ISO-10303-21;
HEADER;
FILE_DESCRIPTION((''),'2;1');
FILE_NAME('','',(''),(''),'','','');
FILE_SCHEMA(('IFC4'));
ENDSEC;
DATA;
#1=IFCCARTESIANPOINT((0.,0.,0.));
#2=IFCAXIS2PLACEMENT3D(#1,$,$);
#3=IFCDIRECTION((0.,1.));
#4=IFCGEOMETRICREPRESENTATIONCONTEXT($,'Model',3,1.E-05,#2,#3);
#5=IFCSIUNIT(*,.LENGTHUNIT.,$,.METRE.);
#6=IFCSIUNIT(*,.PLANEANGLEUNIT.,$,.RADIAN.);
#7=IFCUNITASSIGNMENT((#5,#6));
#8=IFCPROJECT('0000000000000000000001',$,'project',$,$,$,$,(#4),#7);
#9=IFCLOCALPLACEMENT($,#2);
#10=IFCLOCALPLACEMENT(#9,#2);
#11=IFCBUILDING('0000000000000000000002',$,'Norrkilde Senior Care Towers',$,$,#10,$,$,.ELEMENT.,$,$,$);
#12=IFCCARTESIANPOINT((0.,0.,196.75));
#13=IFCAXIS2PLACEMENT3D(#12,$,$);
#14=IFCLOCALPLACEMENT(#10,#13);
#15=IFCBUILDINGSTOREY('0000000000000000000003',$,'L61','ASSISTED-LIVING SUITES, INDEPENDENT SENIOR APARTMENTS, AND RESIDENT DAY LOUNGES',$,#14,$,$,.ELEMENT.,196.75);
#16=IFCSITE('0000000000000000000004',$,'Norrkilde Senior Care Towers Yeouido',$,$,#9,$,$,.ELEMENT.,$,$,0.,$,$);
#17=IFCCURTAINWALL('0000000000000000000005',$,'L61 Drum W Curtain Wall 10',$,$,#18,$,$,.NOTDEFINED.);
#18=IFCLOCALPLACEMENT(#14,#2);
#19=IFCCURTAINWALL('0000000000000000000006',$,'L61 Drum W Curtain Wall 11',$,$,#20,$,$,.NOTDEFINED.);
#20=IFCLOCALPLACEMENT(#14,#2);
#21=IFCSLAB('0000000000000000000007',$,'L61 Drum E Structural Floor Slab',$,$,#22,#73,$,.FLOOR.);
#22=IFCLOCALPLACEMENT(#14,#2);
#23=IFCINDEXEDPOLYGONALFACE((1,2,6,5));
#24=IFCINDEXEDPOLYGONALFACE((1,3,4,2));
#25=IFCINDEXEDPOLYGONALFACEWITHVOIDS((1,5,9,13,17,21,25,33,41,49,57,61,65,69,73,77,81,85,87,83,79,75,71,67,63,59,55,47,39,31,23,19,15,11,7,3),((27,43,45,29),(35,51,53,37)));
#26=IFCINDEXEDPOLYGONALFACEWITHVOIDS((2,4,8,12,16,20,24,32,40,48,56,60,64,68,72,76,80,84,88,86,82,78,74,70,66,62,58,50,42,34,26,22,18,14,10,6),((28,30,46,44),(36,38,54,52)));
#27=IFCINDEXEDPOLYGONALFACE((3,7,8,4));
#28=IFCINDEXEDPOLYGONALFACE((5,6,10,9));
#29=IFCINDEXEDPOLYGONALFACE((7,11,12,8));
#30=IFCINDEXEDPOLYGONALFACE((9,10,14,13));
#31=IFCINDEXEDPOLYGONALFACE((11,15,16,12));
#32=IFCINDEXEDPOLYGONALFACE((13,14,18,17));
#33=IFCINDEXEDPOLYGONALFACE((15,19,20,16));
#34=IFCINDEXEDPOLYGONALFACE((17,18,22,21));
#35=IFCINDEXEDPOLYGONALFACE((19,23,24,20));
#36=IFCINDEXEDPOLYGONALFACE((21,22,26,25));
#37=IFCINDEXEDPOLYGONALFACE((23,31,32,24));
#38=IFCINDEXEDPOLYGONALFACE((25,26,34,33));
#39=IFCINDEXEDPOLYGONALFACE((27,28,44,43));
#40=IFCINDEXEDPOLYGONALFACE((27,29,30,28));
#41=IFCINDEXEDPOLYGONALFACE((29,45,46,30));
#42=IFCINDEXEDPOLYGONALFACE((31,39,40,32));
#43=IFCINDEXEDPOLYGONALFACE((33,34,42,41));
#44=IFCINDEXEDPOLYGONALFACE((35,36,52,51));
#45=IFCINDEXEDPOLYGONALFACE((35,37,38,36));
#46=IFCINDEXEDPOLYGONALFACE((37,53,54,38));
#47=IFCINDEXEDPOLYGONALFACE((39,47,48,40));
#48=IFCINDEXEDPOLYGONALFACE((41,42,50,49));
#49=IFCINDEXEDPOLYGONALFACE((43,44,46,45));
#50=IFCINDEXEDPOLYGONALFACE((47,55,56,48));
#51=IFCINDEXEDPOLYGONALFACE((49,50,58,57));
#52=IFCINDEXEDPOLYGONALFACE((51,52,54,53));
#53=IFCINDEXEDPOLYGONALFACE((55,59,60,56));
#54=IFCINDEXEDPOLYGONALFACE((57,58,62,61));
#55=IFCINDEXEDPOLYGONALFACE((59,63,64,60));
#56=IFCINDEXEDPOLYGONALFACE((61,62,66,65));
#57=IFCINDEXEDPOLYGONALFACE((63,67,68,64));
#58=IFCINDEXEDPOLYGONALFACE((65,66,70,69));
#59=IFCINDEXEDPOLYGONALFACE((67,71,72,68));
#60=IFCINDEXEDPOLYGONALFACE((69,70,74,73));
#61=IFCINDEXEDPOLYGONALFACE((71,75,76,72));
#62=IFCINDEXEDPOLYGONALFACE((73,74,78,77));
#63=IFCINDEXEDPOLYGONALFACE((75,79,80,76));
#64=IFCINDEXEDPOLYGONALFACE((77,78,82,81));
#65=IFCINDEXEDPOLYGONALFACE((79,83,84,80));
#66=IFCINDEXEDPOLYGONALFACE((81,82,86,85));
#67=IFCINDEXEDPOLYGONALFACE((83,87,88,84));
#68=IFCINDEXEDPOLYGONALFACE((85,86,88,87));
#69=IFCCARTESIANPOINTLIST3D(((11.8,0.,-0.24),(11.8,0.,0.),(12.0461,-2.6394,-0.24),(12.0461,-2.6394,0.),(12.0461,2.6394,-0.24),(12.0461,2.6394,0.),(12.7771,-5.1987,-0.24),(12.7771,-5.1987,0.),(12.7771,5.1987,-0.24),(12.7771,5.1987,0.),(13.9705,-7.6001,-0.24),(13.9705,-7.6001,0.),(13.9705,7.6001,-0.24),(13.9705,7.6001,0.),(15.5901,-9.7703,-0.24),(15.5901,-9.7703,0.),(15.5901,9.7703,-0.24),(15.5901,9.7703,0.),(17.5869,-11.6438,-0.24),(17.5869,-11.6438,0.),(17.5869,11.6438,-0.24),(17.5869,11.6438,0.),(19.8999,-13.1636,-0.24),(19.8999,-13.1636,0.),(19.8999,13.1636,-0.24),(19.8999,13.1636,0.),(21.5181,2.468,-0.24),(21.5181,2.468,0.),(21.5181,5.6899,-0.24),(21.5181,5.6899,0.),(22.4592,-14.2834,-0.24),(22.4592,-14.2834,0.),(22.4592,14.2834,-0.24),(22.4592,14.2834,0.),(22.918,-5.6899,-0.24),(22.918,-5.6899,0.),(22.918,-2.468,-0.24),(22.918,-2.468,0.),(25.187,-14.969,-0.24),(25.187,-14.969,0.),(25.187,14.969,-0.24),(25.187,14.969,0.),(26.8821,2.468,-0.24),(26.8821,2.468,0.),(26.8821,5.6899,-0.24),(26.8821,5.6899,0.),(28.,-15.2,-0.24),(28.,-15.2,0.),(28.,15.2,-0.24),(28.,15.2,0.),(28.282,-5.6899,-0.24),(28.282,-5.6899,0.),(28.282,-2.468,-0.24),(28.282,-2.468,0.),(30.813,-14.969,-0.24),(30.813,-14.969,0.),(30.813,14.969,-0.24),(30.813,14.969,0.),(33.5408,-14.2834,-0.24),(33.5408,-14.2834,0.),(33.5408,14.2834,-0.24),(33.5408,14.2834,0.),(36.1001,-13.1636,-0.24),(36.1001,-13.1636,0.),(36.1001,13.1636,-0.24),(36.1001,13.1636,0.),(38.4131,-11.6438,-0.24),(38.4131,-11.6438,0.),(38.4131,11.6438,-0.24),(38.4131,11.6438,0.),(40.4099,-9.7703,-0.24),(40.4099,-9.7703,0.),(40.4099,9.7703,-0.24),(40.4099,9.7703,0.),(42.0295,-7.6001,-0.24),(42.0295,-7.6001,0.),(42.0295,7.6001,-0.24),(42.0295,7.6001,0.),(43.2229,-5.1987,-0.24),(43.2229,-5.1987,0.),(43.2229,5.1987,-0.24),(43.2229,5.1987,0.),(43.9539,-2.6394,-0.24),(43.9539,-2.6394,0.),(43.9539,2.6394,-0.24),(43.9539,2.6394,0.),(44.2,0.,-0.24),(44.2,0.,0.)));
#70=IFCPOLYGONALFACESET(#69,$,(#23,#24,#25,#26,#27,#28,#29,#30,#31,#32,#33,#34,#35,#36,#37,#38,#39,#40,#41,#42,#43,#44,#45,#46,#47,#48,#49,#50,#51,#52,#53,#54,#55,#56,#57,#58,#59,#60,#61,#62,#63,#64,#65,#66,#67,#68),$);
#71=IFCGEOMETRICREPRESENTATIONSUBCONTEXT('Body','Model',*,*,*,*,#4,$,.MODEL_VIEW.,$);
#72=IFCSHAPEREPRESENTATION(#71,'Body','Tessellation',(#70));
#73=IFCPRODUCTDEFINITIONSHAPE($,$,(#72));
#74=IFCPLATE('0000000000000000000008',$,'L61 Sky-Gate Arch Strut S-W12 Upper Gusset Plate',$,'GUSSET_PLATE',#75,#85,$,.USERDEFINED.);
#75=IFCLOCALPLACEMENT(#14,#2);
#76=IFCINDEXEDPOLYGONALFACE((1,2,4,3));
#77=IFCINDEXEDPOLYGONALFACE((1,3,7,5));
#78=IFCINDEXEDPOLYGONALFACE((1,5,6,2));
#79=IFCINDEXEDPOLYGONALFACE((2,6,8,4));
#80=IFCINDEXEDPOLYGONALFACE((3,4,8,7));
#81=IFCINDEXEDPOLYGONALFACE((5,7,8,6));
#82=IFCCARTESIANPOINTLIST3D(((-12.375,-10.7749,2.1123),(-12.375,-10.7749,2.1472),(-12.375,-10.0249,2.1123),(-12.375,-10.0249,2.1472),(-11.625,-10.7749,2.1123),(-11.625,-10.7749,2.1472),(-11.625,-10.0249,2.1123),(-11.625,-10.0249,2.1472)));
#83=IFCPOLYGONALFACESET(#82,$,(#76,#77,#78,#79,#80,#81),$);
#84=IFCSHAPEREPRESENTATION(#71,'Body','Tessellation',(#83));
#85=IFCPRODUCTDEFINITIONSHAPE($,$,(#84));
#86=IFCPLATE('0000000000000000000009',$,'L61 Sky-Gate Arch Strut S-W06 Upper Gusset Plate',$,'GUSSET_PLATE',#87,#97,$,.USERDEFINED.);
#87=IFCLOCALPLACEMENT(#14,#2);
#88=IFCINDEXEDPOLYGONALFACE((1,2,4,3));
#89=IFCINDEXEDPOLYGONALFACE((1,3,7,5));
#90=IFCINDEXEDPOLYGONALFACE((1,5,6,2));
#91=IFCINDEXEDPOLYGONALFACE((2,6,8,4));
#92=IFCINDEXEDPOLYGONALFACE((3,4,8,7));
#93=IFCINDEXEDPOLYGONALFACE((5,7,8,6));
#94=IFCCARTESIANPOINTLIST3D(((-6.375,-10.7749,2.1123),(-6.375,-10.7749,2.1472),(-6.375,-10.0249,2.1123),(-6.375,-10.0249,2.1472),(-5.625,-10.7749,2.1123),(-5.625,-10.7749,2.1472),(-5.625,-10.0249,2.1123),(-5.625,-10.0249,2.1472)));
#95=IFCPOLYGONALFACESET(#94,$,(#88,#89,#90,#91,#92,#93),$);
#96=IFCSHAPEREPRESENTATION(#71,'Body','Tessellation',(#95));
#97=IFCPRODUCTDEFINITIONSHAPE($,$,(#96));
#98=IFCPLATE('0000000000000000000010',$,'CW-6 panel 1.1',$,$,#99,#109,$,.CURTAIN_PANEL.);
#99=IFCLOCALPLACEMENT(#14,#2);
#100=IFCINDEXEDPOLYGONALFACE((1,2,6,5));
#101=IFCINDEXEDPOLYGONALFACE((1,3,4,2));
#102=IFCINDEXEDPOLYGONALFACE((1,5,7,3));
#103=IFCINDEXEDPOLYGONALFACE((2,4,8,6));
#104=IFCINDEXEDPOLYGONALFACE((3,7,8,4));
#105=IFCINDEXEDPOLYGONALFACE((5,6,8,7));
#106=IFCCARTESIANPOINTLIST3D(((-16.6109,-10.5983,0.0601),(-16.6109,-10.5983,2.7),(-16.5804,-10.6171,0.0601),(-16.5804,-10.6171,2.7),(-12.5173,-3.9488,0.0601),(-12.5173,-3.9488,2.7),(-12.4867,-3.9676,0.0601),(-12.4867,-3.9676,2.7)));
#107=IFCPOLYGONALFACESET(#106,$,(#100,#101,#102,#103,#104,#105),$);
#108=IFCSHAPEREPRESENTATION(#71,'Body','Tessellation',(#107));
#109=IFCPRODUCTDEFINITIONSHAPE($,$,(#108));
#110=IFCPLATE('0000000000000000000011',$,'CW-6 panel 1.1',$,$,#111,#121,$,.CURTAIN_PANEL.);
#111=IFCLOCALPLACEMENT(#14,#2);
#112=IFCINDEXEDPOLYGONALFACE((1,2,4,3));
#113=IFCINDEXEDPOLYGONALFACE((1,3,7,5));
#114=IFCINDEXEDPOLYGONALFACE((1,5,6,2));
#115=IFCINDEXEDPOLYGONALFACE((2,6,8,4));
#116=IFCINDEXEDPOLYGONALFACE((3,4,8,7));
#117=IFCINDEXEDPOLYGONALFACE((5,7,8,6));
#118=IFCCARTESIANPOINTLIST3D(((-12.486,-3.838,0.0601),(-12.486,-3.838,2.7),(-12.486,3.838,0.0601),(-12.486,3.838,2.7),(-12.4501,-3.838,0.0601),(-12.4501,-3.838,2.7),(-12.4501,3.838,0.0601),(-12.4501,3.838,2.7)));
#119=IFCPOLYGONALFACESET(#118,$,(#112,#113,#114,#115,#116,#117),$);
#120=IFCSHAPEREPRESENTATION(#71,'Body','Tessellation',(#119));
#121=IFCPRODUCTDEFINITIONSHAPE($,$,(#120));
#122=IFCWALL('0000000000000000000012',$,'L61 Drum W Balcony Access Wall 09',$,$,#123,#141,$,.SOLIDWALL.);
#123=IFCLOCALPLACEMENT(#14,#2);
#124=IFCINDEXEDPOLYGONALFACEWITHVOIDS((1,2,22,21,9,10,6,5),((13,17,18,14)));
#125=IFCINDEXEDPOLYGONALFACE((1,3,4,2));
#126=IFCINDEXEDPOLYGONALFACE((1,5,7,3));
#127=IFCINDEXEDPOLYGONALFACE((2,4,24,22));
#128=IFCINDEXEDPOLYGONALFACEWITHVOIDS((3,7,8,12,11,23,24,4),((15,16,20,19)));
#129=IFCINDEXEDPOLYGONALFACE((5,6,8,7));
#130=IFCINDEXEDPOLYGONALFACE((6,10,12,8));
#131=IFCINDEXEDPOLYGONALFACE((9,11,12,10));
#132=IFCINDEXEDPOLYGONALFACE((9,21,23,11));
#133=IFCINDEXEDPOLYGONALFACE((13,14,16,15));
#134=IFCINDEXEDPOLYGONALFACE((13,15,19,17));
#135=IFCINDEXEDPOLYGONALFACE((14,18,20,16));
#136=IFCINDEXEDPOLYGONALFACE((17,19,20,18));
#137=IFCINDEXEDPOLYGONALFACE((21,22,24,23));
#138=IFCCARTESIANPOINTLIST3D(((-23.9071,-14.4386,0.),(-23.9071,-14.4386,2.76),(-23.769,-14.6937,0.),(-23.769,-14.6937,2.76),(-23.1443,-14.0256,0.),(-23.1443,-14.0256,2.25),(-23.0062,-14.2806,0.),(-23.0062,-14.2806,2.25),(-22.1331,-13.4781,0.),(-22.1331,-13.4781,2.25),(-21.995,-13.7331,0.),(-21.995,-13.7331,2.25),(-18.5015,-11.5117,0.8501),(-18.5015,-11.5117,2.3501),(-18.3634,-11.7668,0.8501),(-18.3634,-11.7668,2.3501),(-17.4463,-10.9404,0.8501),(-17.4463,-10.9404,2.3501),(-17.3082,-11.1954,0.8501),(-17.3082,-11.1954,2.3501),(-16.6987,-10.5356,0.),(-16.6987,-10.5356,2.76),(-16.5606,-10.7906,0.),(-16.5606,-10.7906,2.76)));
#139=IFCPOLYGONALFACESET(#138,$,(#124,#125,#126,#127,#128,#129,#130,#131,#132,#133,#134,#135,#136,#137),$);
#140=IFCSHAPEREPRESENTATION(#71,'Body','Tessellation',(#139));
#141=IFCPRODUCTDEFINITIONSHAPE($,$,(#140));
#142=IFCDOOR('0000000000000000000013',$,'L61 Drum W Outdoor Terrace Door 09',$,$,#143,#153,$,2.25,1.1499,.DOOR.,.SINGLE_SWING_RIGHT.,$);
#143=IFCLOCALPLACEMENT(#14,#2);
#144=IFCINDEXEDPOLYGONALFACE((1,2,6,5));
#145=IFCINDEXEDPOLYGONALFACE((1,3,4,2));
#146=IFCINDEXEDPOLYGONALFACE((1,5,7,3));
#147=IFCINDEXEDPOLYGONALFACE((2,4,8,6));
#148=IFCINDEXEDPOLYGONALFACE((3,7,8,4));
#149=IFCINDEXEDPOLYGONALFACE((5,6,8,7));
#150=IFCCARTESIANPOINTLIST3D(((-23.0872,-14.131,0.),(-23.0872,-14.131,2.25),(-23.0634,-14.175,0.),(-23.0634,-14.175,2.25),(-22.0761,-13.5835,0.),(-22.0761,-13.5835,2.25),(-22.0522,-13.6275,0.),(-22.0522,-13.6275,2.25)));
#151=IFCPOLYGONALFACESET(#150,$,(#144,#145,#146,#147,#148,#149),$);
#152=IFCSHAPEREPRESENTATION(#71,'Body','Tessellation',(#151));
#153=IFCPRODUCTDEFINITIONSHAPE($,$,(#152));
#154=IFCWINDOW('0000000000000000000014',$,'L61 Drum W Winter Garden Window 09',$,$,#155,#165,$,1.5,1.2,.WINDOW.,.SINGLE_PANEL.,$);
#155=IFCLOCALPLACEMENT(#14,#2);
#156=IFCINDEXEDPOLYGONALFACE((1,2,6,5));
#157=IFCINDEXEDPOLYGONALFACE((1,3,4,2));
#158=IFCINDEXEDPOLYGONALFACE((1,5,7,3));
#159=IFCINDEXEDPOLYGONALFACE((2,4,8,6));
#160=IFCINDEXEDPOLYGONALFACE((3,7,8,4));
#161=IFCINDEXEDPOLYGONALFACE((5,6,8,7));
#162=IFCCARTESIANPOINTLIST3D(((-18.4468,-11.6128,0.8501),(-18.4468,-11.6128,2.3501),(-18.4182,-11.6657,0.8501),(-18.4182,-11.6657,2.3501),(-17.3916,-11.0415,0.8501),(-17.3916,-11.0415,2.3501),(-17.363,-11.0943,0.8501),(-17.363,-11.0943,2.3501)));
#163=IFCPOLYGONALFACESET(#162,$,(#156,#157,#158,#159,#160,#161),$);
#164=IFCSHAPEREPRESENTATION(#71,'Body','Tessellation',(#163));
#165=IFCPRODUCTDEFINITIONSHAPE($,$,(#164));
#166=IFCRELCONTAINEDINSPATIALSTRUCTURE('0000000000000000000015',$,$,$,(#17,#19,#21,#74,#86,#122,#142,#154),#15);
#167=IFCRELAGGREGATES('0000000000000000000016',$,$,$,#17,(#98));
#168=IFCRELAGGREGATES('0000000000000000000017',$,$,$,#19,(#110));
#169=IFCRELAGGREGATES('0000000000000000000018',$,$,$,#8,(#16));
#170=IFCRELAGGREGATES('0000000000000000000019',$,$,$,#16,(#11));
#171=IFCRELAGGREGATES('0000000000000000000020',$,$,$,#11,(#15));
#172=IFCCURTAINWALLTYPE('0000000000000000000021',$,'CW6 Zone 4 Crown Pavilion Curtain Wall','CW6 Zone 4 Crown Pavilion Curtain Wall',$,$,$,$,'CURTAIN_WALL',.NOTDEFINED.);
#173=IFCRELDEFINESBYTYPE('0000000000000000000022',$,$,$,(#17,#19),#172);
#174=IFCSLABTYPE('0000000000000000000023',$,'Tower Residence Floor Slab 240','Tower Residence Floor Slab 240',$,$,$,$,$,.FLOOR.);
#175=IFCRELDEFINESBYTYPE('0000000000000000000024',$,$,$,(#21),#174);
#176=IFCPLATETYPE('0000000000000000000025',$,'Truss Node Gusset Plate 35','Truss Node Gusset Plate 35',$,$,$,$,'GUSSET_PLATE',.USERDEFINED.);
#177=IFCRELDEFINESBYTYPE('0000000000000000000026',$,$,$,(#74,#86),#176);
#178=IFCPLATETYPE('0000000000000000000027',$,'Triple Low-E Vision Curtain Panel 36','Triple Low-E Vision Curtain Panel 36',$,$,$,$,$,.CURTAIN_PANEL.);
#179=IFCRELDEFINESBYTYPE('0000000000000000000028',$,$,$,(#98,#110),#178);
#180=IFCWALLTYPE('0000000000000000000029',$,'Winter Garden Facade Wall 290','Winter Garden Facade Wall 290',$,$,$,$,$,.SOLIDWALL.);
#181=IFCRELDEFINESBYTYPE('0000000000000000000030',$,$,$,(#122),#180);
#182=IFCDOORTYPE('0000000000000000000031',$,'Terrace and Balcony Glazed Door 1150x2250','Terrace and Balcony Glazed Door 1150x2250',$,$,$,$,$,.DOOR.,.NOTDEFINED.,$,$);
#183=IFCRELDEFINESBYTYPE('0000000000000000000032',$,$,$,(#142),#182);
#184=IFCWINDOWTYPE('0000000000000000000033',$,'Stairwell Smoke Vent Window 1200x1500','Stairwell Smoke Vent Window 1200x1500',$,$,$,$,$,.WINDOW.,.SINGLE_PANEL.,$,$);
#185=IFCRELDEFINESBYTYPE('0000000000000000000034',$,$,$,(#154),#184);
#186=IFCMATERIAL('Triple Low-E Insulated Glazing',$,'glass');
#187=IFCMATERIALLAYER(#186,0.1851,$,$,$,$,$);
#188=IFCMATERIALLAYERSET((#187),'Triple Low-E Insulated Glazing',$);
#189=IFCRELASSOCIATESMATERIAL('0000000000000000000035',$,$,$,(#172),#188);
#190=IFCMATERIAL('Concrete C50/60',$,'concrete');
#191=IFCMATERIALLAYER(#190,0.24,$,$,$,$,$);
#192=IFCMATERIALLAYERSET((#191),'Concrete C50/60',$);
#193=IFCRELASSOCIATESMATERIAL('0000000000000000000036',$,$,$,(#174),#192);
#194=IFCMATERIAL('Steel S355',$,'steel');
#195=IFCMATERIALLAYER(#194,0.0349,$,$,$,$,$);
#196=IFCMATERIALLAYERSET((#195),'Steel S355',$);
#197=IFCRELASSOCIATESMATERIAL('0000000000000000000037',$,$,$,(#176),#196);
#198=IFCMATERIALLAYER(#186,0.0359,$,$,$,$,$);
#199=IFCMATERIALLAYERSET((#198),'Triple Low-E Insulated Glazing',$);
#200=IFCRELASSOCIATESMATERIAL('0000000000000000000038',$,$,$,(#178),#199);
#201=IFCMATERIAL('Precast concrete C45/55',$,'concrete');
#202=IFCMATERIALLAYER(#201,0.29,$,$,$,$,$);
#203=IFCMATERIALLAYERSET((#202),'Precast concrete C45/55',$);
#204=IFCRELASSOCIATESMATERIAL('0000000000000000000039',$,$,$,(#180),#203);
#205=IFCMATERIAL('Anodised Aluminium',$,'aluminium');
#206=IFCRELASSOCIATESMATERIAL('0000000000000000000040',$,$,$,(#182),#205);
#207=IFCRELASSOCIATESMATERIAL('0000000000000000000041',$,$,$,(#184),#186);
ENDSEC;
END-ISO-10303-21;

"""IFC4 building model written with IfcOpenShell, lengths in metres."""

from ifc_helpers import new_model, si_unit, direction, frame, frame_2d, origin, origin_2d, place, context, subcontext, project, spatial, polyline, rectangle, outline, extrude, source, transform, mapped, material, layer, layer_set, type_object, type_shapes, element, fill, aggregate, save


model = new_model("IFC4")

# Units and contexts
model_context = context("Model", 3, precision=1e-05, world=origin(), true_north=direction((0.0, 1.0)))
body_context = subcontext(model_context, "Body", "Model", "MODEL_VIEW")
ifc_project = project(units=[si_unit("LENGTHUNIT", "METRE"), si_unit("PLANEANGLEUNIT", "RADIAN")], contexts=[model_context])

# Site, building, storey
site_placement = place(None, origin())
site = spatial("IfcSite", under=ifc_project, at=site_placement, Name="Norrkilde Senior Care Towers Yeouido", CompositionType="ELEMENT", RefElevation=0.0)
building_placement = place(site_placement, origin())
building = spatial("IfcBuilding", under=site, at=building_placement, Name="Norrkilde Senior Care Towers", CompositionType="ELEMENT")
storey_placement = place(building_placement, frame((0.0, 0.0, 196.75)))
storey = spatial("IfcBuildingStorey", under=building, at=storey_placement, Name="L61", Description="ASSISTED-LIVING SUITES, INDEPENDENT SENIOR APARTMENTS, AND RESIDENT DAY LOUNGES", CompositionType="ELEMENT", Elevation=196.75)

# Shared definitions
ifc_material_1 = material(Name="Concrete C50/60", Category="concrete")

# Shared definitions
ifc_material_2 = material(Name="Steel S355", Category="steel")

# Curtain wall
ifc_material_3 = material(Name="Triple Low-E Insulated Glazing", Category="glass")
ifc_layer_1 = layer(ifc_material_3, 0.1851)
ifc_layer_set_1 = layer_set([ifc_layer_1], Name="Triple Low-E Insulated Glazing")
curtain_wall_type = type_object("IfcCurtainWallType", Name="CW6 Zone 4 Crown Pavilion Curtain Wall", Description="CW6 Zone 4 Crown Pavilion Curtain Wall", ElementType="CURTAIN_WALL", PredefinedType="NOTDEFINED", material=ifc_layer_set_1)
curtain_wall_1_placement = place(storey_placement, origin())
curtain_wall_1 = element("IfcCurtainWall", 1, at=curtain_wall_1_placement, inside=storey, type_object=curtain_wall_type, Name="L61 Drum W Curtain Wall 10", PredefinedType="NOTDEFINED")
ifc_material_4 = material(Name="Anodised Aluminium", Category="aluminium")

# Curtain wall
curtain_wall_2_placement = place(storey_placement, origin())
curtain_wall_2 = element("IfcCurtainWall", 2, at=curtain_wall_2_placement, inside=storey, type_object=curtain_wall_type, Name="L61 Drum W Curtain Wall 11", PredefinedType="NOTDEFINED")

# Slab
ifc_layer_2 = layer(ifc_material_1, 0.24)
ifc_layer_set_2 = layer_set([ifc_layer_2], Name="Concrete C50/60")
slab_type_1 = type_object("IfcSlabType", Name="Tower Residence Floor Slab 240", Description="Tower Residence Floor Slab 240", PredefinedType="FLOOR", material=ifc_layer_set_2)
slab_1_placement = place(storey_placement, frame((0.0, 0.0, -0.24)))
element("IfcSlab", 3, at=slab_1_placement, inside=storey, type_object=slab_type_1, Name="L61 Drum E Structural Floor Slab", PredefinedType="FLOOR", context=body_context, shape_type="SweptSolid", body=[
    extrude(outline(polyline([(43.2229, -5.1987), (42.0295, -7.6001), (40.4099, -9.7703), (38.4131, -11.6438), (36.1001, -13.1636), (33.5408, -14.2834), (30.813, -14.969), (28.0, -15.2), (25.187, -14.969), (22.4592, -14.2834), (19.8999, -13.1636), (17.5869, -11.6438), (15.5901, -9.7703), (13.9705, -7.6001), (12.7771, -5.1987), (12.0461, -2.6394), (11.8, 0.0), (12.0461, 2.6394), (12.7771, 5.1987), (13.9705, 7.6001), (15.5901, 9.7703), (17.5869, 11.6438), (19.8999, 13.1636), (22.4592, 14.2834), (25.187, 14.969), (28.0, 15.2), (30.813, 14.969), (33.5408, 14.2834), (36.1001, 13.1636), (38.4131, 11.6438), (40.4099, 9.7703), (42.0295, 7.6001), (43.2229, 5.1987), (43.9539, 2.6394), (44.2, 0.0), (43.9539, -2.6394), (43.2229, -5.1987)]), holes=[polyline([(21.5181, 2.468), (26.8821, 2.468), (26.8821, 5.6899), (21.5181, 5.6899), (21.5181, 2.468)]), polyline([(28.282, -5.6899), (28.282, -2.468), (22.918, -2.468), (22.918, -5.6899), (28.282, -5.6899)])]), origin(), (0.0, 0.0, 1.0), 0.24),
])

# Plates
ifc_layer_3 = layer(ifc_material_2, 0.0349)
ifc_layer_set_3 = layer_set([ifc_layer_3], Name="Steel S355")
plate_type_1 = type_object("IfcPlateType", Name="Truss Node Gusset Plate 35", Description="Truss Node Gusset Plate 35", ElementType="GUSSET_PLATE", PredefinedType="USERDEFINED", material=ifc_layer_set_3)
shared_shape_1 = source(origin(), body_context, "Body", "SweptSolid", [
    extrude(rectangle(XDim=0.75, YDim=0.75, at=origin_2d()), origin(), (0.0, 0.0, 1.0), 0.0349),
])
type_shapes(plate_type_1, [shared_shape_1])
for number, where, z_axis, x_axis, name in (
    (4, (-12.0, -10.3999, 2.1123), (0.0, 0.0, 1.0), (1.0, 0.0, 0.0), "L61 Sky-Gate Arch Strut S-W12 Upper Gusset Plate"),
    (5, (-6.0, -10.3999, 2.1123), (0.0, 0.0, 1.0), (1.0, 0.0, 0.0), "L61 Sky-Gate Arch Strut S-W06 Upper Gusset Plate"),
):
    element("IfcPlate", number, at=place(storey_placement, frame(where, z_axis=z_axis, x_axis=x_axis)), inside=storey, type_object=plate_type_1, Name=name, ObjectType="GUSSET_PLATE", PredefinedType="USERDEFINED", context=body_context, shape_type="MappedRepresentation", body=[
        mapped(shared_shape_1, transform((0.0, 0.0, 0.0), x_axis=(1.0, 0.0, 0.0), y_axis=(0.0, 1.0, 0.0), z_axis=(0.0, 0.0, 1.0), scale=1.0)),
    ])

# Plates
ifc_layer_4 = layer(ifc_material_3, 0.0359)
ifc_layer_set_4 = layer_set([ifc_layer_4], Name="Triple Low-E Insulated Glazing")
plate_type_2 = type_object("IfcPlateType", Name="Triple Low-E Vision Curtain Panel 36", Description="Triple Low-E Vision Curtain Panel 36", PredefinedType="CURTAIN_PANEL", material=ifc_layer_set_4)
shared_shape_2 = source(origin(), body_context, "Body", "SweptSolid", [
    extrude(rectangle(XDim=7.8086, YDim=0.0359, at=origin_2d()), origin(), (0.0, 0.0, 1.0), 2.6399),
])
plate_1_placement = place(storey_placement, frame((-14.5488, -7.283, 0.0601), z_axis=(0.0, 0.0, 1.0), x_axis=(-0.524253, -0.851563, 0.0)))
plate_1 = element("IfcPlate", 6, at=plate_1_placement, type_object=plate_type_2, Name="CW-6 panel 1.1", PredefinedType="CURTAIN_PANEL", context=body_context, shape_type="MappedRepresentation", body=[
    mapped(shared_shape_2, transform((0.0, 0.0, 0.0), x_axis=(1.0, 0.0, 0.0), y_axis=(0.0, 1.0, 0.0), z_axis=(0.0, 0.0, 1.0), scale=1.0)),
])
aggregate(curtain_wall_1, [plate_1])
shared_shape_3 = source(origin(), body_context, "Body", "SweptSolid", [
    extrude(rectangle(XDim=7.676, YDim=0.0359, at=origin_2d()), origin(), (0.0, 0.0, 1.0), 2.6399),
])
type_shapes(plate_type_2, [shared_shape_2, shared_shape_3])
plate_2_placement = place(storey_placement, frame((-12.468, 0.0, 0.0601), z_axis=(0.0, 0.0, 1.0), x_axis=(0.0, -1.0, 0.0)))
plate_2 = element("IfcPlate", 7, at=plate_2_placement, type_object=plate_type_2, Name="CW-6 panel 1.1", PredefinedType="CURTAIN_PANEL", context=body_context, shape_type="MappedRepresentation", body=[
    mapped(shared_shape_3, transform((0.0, 0.0, 0.0), x_axis=(1.0, 0.0, 0.0), y_axis=(0.0, 1.0, 0.0), z_axis=(0.0, 0.0, 1.0), scale=1.0)),
])
aggregate(curtain_wall_2, [plate_2])

# Wall, openings, door, window
ifc_material_5 = material(Name="Precast concrete C45/55", Category="concrete")
ifc_layer_5 = layer(ifc_material_5, 0.29)
ifc_layer_set_5 = layer_set([ifc_layer_5], Name="Precast concrete C45/55")
wall_type_1 = type_object("IfcWallType", Name="Winter Garden Facade Wall 290", Description="Winter Garden Facade Wall 290", PredefinedType="SOLIDWALL", material=ifc_layer_set_5)
shared_shape_4 = source(origin(), body_context, "Body", "SweptSolid", [
    extrude(rectangle(XDim=8.1973, YDim=0.29, at=frame_2d((4.0986, 0.0))), origin(), (0.0, 0.0, 1.0), 2.76),
])
type_shapes(wall_type_1, [shared_shape_4])
wall_1_placement = place(storey_placement, frame((-16.6296, -10.6631, 0.0), z_axis=(0.0, 0.0, 1.0), x_axis=(-0.87937, -0.476139, 0.0)))
wall_1 = element("IfcWall", 8, at=wall_1_placement, inside=storey, type_object=wall_type_1, Name="L61 Drum W Balcony Access Wall 09", PredefinedType="SOLIDWALL", context=body_context, shape_type="MappedRepresentation", body=[
    mapped(shared_shape_4, transform((0.0, 0.0, 0.0), x_axis=(1.0, 0.0, 0.0), y_axis=(0.0, 1.0, 0.0), z_axis=(0.0, 0.0, 1.0), scale=1.0)),
])
opening_1_placement = place(wall_1_placement, frame((6.1799, 0.0, 0.0)))
opening_1 = element("IfcOpeningElement", 9, at=opening_1_placement, cuts=wall_1, PredefinedType="OPENING", context=body_context, shape_type="SweptSolid", body=[
    extrude(rectangle(XDim=1.1499, YDim=2.25, at=frame_2d((0.575, 1.125))), frame((0.0, 0.155, 0.0), z_axis=(0.0, -1.0, 0.0), x_axis=(1.0, 0.0, 0.0)), (0.0, 0.0, 1.0), 0.3101),
])
opening_2_placement = place(wall_1_placement, frame((0.8501, 0.0, 0.8501)))
opening_2 = element("IfcOpeningElement", 10, at=opening_2_placement, cuts=wall_1, PredefinedType="OPENING", context=body_context, shape_type="SweptSolid", body=[
    extrude(rectangle(XDim=1.2, YDim=1.5, at=frame_2d((0.6001, 0.75))), frame((0.0, 0.155, 0.0), z_axis=(0.0, -1.0, 0.0), x_axis=(1.0, 0.0, 0.0)), (0.0, 0.0, 1.0), 0.3101),
])
door_type_1 = type_object("IfcDoorType", Name="Terrace and Balcony Glazed Door 1150x2250", Description="Terrace and Balcony Glazed Door 1150x2250", OperationType="NOTDEFINED", PredefinedType="DOOR", material=ifc_material_4)
shared_shape_5 = source(origin(), body_context, "Body", "SweptSolid", [
    extrude(rectangle(XDim=1.1499, YDim=2.25, at=frame_2d((0.575, 1.125))), frame((0.0, 0.0249, 0.0), z_axis=(0.0, -1.0, 0.0), x_axis=(1.0, 0.0, 0.0)), (0.0, 0.0, 1.0), 0.05),
])
type_shapes(door_type_1, [shared_shape_5])
door_1_placement = place(opening_1_placement, origin())
door_1 = element("IfcDoor", 11, at=door_1_placement, inside=storey, type_object=door_type_1, Name="L61 Drum W Outdoor Terrace Door 09", OperationType="SINGLE_SWING_RIGHT", OverallHeight=2.25, OverallWidth=1.1499, PredefinedType="DOOR", context=body_context, shape_type="MappedRepresentation", body=[
    mapped(shared_shape_5, transform((0.0, 0.0, 0.0), x_axis=(1.0, 0.0, 0.0), y_axis=(0.0, 1.0, 0.0), z_axis=(0.0, 0.0, 1.0), scale=1.0)),
])
fill(opening_1, door_1)
window_type = type_object("IfcWindowType", Name="Stairwell Smoke Vent Window 1200x1500", Description="Stairwell Smoke Vent Window 1200x1500", PartitioningType="SINGLE_PANEL", PredefinedType="WINDOW", material=ifc_material_3)
shared_shape_6 = source(origin(), body_context, "Body", "SweptSolid", [
    extrude(rectangle(XDim=1.2, YDim=1.5, at=frame_2d((0.6001, 0.75))), frame((0.0, 0.03, 0.0), z_axis=(0.0, -1.0, 0.0), x_axis=(1.0, 0.0, 0.0)), (0.0, 0.0, 1.0), 0.0601),
])
type_shapes(window_type, [shared_shape_6])
window_placement = place(opening_2_placement, origin())
window = element("IfcWindow", 12, at=window_placement, inside=storey, type_object=window_type, Name="L61 Drum W Winter Garden Window 09", OverallHeight=1.5, OverallWidth=1.2, PartitioningType="SINGLE_PANEL", PredefinedType="WINDOW", context=body_context, shape_type="MappedRepresentation", body=[
    mapped(shared_shape_6, transform((0.0, 0.0, 0.0), x_axis=(1.0, 0.0, 0.0), y_axis=(0.0, 1.0, 0.0), z_axis=(0.0, 0.0, 1.0), scale=1.0)),
])
fill(opening_2, window)

save(model, "model.ifc")
